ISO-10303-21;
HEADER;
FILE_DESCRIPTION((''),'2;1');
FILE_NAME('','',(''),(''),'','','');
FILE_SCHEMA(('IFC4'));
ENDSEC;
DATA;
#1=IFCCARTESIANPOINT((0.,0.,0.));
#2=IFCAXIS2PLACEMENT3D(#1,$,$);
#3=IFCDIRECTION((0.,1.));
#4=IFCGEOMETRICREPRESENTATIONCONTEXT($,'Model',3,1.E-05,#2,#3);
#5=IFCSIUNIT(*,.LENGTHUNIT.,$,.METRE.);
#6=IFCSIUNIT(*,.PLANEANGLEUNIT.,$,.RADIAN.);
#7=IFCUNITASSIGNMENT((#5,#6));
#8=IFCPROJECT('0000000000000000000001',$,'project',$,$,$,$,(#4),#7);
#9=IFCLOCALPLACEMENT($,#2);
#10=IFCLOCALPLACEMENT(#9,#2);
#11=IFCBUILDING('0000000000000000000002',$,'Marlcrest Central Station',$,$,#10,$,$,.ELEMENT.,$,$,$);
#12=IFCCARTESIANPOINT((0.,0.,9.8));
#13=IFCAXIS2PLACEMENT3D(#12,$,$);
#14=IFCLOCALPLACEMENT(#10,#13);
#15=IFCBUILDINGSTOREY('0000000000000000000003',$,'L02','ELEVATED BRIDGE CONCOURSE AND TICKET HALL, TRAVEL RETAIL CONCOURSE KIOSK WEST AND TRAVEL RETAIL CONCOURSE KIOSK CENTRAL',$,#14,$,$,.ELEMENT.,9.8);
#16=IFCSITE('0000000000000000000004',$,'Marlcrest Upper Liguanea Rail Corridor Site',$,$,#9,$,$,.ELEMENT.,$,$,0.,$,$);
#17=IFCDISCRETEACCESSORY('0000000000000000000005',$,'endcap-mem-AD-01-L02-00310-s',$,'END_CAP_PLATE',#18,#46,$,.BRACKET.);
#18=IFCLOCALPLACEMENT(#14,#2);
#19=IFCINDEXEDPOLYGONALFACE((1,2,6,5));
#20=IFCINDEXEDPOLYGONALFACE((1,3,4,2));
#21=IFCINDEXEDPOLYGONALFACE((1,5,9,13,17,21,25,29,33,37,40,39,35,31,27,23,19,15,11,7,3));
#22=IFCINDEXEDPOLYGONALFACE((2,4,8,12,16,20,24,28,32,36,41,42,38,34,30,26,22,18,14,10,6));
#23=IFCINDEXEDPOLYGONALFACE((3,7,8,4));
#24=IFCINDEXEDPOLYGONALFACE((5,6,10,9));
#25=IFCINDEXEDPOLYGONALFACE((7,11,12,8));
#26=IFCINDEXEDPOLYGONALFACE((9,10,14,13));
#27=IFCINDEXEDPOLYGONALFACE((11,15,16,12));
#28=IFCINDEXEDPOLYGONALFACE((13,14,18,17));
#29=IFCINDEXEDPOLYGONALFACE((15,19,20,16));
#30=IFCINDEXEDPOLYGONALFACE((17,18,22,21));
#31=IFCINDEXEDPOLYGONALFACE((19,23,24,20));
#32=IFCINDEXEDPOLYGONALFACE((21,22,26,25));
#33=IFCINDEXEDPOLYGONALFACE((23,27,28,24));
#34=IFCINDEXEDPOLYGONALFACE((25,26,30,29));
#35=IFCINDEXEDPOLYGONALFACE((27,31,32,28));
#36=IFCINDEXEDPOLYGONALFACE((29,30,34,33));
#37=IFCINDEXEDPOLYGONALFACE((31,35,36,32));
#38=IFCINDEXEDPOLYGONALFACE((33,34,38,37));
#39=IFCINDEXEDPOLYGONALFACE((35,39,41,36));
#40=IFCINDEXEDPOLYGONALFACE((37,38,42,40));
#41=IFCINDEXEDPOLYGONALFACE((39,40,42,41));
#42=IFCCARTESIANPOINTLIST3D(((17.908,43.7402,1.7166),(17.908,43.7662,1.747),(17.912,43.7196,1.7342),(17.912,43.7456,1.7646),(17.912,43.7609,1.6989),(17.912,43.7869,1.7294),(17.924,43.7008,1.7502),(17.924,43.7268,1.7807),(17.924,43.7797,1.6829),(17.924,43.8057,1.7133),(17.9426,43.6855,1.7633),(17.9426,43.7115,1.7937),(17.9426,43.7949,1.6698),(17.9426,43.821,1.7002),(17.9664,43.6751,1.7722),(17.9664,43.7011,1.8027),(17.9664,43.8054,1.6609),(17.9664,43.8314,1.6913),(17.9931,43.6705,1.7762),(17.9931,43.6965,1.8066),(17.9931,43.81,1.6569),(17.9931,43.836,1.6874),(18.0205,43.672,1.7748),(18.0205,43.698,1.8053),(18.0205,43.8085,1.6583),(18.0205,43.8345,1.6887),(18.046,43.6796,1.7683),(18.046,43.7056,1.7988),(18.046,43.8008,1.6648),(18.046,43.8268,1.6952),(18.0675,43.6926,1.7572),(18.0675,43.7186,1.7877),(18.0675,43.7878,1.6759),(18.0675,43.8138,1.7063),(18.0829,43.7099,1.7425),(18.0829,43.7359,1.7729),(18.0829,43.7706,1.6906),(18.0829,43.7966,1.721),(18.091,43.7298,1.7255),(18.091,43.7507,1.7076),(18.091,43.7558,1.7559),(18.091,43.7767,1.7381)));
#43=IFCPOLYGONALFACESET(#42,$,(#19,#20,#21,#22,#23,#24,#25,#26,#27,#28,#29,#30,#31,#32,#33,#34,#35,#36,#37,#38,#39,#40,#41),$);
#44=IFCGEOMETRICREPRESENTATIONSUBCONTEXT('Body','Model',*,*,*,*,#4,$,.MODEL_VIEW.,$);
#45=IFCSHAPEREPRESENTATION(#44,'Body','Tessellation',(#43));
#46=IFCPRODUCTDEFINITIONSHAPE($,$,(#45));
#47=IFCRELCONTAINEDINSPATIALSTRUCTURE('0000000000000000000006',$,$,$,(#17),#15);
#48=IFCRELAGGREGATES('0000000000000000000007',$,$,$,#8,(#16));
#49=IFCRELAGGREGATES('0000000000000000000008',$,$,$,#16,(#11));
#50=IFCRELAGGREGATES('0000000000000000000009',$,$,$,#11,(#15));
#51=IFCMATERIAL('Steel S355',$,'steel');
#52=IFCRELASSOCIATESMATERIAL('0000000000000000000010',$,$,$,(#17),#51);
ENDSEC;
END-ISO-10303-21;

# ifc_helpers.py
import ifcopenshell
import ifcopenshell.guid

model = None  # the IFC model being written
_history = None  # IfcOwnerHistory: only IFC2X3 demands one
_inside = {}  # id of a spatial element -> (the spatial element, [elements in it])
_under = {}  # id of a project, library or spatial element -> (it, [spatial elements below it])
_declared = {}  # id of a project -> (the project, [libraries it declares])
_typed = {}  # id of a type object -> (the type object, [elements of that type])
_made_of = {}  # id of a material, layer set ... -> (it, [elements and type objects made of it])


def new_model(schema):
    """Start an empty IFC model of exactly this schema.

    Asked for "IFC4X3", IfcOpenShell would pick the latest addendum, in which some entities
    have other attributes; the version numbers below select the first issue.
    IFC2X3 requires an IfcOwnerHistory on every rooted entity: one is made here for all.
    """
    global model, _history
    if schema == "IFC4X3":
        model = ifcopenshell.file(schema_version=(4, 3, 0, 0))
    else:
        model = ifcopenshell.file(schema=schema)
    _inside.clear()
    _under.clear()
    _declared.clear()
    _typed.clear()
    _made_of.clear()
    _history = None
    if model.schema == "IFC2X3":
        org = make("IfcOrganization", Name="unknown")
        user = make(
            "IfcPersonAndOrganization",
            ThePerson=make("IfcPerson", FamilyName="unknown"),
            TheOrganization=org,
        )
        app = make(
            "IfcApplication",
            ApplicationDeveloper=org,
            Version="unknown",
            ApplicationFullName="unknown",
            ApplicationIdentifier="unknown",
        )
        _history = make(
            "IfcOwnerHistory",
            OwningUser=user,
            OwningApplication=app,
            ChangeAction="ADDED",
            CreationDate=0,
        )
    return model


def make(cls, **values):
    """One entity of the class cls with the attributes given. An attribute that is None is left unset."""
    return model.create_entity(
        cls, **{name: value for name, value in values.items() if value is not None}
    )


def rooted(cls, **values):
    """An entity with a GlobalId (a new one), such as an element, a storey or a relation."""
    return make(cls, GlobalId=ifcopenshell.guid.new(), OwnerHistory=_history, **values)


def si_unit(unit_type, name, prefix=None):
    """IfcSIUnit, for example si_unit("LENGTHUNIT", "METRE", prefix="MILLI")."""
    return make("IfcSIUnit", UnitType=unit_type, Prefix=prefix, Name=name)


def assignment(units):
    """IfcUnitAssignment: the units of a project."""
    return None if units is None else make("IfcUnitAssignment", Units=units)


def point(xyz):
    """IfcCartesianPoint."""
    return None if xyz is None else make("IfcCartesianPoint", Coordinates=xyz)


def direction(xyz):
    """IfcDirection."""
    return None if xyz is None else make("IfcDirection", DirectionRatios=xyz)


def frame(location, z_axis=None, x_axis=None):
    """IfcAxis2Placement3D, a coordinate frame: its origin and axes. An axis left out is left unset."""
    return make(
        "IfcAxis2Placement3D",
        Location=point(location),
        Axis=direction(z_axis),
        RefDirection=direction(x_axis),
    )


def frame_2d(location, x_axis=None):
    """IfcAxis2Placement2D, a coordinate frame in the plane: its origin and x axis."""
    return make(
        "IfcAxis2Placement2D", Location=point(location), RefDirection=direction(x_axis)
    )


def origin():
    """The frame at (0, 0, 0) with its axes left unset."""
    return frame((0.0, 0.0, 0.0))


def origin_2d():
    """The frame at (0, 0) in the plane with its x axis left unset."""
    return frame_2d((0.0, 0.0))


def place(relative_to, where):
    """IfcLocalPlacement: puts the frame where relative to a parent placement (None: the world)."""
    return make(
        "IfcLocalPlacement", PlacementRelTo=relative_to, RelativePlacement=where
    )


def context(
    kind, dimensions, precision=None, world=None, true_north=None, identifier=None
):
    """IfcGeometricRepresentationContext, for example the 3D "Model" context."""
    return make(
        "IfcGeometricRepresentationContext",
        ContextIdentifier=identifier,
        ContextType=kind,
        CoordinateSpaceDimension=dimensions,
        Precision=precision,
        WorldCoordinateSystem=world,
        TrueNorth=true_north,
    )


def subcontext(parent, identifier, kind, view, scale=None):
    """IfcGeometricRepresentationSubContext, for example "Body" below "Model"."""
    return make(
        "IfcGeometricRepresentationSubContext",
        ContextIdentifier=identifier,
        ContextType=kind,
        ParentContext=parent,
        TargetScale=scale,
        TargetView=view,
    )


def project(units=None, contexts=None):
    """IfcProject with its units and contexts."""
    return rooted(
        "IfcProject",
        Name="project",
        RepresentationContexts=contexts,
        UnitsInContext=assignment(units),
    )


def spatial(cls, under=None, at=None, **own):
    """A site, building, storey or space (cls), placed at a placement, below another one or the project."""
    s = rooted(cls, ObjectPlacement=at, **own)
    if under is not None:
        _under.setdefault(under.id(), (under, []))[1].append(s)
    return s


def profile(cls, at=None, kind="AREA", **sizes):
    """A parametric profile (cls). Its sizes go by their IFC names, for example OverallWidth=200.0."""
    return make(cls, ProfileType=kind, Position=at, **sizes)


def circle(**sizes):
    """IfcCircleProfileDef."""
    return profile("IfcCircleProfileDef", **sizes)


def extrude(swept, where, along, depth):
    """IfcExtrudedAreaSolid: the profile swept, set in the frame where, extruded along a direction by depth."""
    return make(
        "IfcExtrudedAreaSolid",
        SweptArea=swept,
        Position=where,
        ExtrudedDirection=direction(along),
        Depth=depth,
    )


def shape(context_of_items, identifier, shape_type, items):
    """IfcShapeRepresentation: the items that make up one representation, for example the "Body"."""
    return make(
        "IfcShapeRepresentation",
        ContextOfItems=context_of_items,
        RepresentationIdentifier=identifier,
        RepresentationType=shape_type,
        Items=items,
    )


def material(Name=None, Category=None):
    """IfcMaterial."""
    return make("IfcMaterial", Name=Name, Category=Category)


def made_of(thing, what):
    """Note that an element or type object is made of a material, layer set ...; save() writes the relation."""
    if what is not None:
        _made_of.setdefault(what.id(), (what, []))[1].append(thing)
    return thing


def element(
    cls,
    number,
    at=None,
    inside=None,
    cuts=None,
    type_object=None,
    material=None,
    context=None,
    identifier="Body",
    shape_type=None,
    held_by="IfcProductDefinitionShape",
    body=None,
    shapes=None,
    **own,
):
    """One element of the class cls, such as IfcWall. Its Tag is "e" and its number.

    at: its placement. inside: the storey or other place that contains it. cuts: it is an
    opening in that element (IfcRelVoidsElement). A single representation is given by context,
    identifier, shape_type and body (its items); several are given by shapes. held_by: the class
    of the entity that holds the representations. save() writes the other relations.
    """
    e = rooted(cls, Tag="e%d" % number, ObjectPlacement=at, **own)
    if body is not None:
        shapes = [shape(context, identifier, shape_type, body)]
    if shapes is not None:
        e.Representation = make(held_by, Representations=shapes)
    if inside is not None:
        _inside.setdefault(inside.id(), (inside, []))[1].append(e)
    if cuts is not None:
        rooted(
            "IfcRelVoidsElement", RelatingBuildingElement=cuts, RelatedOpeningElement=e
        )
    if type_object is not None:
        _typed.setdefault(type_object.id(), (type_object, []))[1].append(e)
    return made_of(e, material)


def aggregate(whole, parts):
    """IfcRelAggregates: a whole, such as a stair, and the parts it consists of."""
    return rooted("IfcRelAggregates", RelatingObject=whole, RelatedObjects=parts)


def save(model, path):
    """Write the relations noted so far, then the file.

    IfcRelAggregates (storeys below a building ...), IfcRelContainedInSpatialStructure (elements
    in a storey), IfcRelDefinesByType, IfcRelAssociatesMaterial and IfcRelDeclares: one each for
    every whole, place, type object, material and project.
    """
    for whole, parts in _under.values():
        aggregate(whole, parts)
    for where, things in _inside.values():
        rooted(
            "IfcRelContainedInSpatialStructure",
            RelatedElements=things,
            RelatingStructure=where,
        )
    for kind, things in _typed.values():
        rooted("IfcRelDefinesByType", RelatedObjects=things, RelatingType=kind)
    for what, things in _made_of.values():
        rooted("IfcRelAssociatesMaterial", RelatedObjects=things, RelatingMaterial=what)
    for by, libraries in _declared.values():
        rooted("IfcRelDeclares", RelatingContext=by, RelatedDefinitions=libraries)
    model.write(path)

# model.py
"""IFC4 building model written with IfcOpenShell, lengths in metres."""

from ifc_helpers import new_model, si_unit, direction, frame, origin, origin_2d, place, context, subcontext, project, spatial, circle, extrude, material, element, save


model = new_model("IFC4")

# Units and contexts
model_context = context("Model", 3, precision=1e-05, world=origin(), true_north=direction((0.0, 1.0)))
body_context = subcontext(model_context, "Body", "Model", "MODEL_VIEW")
ifc_project = project(units=[si_unit("LENGTHUNIT", "METRE"), si_unit("PLANEANGLEUNIT", "RADIAN")], contexts=[model_context])

# Site, building, storey
site_placement = place(None, origin())
site = spatial("IfcSite", under=ifc_project, at=site_placement, Name="Marlcrest Upper Liguanea Rail Corridor Site", CompositionType="ELEMENT", RefElevation=0.0)
building_placement = place(site_placement, origin())
building = spatial("IfcBuilding", under=site, at=building_placement, Name="Marlcrest Central Station", CompositionType="ELEMENT")
storey_placement = place(building_placement, frame((0.0, 0.0, 9.8)))
storey = spatial("IfcBuildingStorey", under=building, at=storey_placement, Name="L02", Description="ELEVATED BRIDGE CONCOURSE AND TICKET HALL, TRAVEL RETAIL CONCOURSE KIOSK WEST AND TRAVEL RETAIL CONCOURSE KIOSK CENTRAL", CompositionType="ELEMENT", Elevation=9.8)

# Shared definitions
ifc_material_1 = material(Name="Steel S355", Category="steel")

# Discrete accessory
discrete_accessory_1_placement = place(storey_placement, frame((18.0, 43.7402, 1.7166), z_axis=(0.0, 0.649625, 0.760255), x_axis=(-1.0, 0.0, 0.0)))
element("IfcDiscreteAccessory", 1, at=discrete_accessory_1_placement, inside=storey, material=ifc_material_1, Name="endcap-mem-AD-01-L02-00310-s", ObjectType="END_CAP_PLATE", PredefinedType="BRACKET", context=body_context, shape_type="SweptSolid", body=[
    extrude(circle(Radius=0.092, at=origin_2d()), origin(), (0.0, 0.0, 1.0), 0.04),
])

save(model, "model.ifc")
